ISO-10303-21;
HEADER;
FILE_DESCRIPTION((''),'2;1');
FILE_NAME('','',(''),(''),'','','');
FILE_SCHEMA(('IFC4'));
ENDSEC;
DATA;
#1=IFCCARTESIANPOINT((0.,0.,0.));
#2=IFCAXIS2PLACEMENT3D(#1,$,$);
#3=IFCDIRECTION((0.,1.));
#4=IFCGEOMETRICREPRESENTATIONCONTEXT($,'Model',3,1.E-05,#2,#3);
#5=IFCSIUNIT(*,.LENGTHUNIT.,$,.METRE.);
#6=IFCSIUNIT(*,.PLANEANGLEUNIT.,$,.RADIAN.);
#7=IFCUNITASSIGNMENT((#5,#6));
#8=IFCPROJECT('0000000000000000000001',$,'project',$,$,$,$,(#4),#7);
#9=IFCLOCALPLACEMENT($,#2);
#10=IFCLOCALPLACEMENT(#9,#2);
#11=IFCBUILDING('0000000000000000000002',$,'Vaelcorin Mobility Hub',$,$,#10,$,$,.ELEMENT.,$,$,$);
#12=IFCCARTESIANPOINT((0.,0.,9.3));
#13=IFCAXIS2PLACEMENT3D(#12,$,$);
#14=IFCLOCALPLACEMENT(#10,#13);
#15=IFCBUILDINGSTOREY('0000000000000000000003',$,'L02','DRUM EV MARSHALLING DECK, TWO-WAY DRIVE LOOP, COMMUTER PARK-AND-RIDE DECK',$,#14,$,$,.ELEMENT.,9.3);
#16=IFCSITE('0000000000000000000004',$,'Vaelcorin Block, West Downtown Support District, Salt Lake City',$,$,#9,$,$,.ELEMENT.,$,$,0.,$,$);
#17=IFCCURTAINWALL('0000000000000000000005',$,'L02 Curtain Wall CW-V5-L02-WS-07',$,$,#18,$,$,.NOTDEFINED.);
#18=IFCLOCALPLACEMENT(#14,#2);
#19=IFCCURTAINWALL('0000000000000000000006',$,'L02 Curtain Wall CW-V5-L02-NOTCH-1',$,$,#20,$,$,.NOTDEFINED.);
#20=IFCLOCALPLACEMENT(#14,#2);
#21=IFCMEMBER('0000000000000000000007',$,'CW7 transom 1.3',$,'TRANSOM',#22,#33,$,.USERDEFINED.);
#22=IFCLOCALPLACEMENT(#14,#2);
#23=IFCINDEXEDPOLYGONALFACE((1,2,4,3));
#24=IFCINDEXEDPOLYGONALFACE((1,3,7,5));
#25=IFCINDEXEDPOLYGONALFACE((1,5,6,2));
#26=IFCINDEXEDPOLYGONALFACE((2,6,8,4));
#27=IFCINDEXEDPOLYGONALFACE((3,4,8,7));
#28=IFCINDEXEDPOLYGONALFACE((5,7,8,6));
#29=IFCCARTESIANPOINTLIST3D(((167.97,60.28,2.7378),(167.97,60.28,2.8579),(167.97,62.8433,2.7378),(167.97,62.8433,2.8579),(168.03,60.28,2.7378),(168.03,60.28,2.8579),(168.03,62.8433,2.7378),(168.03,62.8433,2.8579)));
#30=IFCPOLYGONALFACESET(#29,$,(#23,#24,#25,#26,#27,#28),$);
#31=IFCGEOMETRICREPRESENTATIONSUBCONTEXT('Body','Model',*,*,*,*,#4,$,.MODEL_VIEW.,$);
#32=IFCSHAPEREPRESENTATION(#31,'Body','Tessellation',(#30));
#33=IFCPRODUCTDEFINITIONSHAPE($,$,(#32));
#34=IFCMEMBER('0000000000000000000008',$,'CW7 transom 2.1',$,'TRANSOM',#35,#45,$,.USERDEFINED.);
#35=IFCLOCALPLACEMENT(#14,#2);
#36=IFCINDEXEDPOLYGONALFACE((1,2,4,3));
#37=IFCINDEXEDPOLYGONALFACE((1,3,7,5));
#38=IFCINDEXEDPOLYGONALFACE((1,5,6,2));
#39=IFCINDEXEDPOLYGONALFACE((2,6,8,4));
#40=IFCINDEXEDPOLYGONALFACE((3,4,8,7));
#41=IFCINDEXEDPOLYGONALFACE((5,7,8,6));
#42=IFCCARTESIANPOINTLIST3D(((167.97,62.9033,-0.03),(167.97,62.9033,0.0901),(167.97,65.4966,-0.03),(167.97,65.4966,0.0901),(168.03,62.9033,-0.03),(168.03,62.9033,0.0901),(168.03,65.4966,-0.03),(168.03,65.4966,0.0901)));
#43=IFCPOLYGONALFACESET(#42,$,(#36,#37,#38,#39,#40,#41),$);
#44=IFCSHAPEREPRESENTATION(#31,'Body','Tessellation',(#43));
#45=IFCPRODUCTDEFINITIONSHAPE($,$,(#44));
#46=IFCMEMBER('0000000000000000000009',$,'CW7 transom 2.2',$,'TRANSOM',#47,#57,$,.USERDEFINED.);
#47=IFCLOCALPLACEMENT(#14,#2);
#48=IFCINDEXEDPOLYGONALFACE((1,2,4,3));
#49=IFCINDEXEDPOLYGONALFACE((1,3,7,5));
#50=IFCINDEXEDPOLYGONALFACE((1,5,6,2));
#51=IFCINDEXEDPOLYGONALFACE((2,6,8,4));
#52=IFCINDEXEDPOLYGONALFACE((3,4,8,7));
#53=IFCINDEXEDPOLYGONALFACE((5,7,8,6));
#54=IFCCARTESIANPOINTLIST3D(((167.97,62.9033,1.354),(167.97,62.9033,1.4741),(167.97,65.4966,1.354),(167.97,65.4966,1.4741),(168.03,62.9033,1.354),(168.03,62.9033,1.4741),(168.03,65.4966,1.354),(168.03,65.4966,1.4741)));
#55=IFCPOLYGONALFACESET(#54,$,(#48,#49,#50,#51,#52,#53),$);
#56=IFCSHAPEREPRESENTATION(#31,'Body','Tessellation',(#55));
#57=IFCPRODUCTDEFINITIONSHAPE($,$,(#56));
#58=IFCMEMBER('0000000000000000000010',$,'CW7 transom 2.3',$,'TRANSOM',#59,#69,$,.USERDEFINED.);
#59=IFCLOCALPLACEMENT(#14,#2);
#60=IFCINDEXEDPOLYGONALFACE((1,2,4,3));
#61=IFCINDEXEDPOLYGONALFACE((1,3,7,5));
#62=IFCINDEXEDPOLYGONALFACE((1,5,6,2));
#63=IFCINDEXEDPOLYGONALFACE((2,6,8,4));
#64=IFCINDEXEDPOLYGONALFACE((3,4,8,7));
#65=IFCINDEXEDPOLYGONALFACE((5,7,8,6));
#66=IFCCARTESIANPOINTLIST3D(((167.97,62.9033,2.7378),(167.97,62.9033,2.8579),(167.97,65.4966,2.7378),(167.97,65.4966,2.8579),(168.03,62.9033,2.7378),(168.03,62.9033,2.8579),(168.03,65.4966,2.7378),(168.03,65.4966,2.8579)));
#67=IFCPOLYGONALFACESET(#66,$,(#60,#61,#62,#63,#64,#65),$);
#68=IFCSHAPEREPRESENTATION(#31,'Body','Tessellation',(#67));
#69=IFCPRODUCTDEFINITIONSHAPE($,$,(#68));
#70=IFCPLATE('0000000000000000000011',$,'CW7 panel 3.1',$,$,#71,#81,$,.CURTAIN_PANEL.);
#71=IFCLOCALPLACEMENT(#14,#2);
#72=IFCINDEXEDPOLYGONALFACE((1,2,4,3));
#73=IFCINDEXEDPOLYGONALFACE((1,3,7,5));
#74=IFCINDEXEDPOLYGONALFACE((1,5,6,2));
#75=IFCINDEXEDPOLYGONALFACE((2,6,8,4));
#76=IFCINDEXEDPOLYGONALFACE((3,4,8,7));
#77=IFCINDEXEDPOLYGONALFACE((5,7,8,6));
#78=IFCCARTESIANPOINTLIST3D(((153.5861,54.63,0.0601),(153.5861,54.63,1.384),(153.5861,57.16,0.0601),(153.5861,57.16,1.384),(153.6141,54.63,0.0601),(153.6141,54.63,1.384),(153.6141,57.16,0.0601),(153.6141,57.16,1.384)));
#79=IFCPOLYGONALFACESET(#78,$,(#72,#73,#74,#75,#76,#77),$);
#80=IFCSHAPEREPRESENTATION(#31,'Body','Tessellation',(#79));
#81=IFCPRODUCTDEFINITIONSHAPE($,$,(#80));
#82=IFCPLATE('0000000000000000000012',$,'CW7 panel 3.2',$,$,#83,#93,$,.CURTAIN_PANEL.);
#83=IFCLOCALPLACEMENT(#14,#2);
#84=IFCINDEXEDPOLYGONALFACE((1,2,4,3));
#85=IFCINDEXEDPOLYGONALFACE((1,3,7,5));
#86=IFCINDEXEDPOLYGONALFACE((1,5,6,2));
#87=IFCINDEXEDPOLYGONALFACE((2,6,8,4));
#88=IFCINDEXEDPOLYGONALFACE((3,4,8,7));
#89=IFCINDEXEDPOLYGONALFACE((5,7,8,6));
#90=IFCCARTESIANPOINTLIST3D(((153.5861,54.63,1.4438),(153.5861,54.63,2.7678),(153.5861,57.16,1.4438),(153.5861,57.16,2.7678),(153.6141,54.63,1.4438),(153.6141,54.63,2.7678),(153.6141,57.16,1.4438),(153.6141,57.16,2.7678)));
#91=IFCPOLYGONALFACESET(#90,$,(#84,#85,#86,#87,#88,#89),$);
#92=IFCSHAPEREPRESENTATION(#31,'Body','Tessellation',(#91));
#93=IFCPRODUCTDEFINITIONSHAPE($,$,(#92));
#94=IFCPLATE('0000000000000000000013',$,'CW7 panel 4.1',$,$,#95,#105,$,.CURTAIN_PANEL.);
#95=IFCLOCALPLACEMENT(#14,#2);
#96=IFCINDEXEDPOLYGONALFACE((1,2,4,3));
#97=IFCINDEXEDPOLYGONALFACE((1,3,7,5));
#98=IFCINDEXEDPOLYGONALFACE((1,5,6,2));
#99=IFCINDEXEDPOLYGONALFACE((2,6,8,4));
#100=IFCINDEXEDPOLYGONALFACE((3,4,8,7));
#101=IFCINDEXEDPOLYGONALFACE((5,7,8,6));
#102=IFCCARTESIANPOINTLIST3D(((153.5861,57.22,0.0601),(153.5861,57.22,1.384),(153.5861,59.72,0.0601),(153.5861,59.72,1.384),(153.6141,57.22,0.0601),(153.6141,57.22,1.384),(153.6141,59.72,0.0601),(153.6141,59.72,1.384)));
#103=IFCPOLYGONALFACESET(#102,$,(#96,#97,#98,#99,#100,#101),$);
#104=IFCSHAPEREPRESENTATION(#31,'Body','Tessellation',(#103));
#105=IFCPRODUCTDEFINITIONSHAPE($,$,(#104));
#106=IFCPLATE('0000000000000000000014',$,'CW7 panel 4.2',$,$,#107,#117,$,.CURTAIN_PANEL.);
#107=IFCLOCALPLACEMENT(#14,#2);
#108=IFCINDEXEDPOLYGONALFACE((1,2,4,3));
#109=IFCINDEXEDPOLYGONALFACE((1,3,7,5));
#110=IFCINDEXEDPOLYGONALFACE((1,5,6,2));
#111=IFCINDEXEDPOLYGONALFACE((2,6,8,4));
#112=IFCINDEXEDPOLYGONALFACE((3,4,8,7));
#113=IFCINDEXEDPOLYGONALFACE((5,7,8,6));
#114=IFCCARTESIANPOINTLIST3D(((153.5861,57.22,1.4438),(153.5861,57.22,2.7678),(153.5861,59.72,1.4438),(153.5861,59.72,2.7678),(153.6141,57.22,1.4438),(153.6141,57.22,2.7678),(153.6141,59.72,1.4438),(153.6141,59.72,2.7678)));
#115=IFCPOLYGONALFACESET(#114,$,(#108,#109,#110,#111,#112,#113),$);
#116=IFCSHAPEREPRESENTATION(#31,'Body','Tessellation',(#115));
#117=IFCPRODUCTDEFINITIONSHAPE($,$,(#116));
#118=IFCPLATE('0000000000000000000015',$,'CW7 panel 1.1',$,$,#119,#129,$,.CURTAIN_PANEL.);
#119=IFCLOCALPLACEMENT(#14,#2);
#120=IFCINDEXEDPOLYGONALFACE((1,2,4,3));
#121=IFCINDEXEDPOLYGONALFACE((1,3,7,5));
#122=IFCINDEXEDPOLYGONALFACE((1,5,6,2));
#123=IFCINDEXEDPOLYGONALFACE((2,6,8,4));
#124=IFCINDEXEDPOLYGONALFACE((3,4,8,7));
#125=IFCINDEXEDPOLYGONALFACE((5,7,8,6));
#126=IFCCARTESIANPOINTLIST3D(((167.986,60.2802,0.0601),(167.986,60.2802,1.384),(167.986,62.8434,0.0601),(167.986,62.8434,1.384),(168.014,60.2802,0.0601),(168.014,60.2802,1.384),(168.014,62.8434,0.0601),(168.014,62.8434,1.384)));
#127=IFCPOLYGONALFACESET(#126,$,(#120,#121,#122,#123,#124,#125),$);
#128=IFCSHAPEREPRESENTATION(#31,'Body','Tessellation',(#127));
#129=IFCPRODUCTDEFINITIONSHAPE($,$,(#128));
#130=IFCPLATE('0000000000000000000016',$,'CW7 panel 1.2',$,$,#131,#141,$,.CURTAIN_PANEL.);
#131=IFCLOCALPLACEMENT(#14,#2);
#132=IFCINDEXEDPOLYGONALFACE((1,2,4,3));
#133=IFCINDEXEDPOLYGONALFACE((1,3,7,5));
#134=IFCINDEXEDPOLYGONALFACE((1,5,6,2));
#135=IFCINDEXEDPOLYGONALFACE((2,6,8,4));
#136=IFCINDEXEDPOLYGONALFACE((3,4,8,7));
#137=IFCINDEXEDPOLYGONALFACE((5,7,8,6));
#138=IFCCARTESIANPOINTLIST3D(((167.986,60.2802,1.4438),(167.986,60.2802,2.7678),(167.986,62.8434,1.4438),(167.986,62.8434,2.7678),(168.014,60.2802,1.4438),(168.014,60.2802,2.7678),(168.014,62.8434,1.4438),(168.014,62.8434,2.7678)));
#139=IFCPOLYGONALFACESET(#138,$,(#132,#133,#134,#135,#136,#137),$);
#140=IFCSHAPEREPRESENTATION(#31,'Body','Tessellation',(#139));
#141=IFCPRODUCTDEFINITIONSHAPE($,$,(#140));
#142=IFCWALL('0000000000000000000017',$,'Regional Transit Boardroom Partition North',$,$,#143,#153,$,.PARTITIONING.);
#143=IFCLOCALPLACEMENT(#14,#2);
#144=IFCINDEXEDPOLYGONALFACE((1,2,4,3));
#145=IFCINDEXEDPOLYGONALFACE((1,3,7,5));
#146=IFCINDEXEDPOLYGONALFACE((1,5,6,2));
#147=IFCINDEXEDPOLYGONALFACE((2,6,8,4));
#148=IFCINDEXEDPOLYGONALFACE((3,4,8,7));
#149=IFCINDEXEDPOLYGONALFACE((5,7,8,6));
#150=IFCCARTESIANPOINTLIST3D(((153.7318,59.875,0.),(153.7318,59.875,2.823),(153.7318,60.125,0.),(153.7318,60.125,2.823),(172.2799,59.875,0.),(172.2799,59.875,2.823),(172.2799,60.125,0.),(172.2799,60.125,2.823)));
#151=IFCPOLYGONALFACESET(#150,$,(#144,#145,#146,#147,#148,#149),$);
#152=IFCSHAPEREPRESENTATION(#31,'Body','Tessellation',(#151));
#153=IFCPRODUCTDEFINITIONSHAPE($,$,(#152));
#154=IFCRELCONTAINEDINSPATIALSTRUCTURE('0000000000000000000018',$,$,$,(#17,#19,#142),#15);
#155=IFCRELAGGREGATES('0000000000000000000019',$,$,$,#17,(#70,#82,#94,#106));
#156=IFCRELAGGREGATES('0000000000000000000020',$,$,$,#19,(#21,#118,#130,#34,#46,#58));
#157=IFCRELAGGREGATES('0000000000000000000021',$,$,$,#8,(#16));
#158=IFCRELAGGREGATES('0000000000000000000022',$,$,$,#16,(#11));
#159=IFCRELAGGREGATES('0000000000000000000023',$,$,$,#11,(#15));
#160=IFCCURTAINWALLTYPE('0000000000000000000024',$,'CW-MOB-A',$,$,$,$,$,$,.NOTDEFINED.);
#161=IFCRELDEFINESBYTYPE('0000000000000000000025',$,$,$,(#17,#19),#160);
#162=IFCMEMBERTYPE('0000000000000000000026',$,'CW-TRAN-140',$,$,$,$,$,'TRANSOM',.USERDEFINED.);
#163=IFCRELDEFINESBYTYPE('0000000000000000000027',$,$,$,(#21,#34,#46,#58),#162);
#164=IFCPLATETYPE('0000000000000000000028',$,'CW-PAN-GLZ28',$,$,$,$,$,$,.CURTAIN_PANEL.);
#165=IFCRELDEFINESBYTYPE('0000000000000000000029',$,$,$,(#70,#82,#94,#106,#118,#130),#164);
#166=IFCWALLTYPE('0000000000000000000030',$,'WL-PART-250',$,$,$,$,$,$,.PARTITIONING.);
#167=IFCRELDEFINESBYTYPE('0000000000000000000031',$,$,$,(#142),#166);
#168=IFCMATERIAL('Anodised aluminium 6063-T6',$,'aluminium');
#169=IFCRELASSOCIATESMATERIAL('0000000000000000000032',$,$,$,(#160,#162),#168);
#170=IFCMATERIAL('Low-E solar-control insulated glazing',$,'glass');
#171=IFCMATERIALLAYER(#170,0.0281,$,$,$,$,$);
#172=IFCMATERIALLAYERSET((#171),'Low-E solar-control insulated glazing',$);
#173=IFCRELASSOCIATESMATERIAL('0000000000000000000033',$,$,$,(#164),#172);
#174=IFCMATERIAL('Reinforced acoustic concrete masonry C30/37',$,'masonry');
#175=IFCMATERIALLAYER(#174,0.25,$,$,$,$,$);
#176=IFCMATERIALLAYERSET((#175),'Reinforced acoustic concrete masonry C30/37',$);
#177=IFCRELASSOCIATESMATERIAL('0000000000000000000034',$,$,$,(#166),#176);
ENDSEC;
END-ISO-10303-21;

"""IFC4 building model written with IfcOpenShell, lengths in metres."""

from ifc_helpers import new_model, si_unit, direction, frame, frame_2d, origin, origin_2d, place, context, subcontext, project, spatial, rectangle, extrude, material, layer, layer_set, material_profile, profile_set, type_object, element, aggregate, save


model = new_model("IFC4")

# Units and contexts
model_context = context("Model", 3, precision=1e-05, world=origin(), true_north=direction((0.0, 1.0)))
body_context = subcontext(model_context, "Body", "Model", "MODEL_VIEW")
ifc_project = project(units=[si_unit("LENGTHUNIT", "METRE"), si_unit("PLANEANGLEUNIT", "RADIAN")], contexts=[model_context])

# Site, building, storey
site_placement = place(None, origin())
site = spatial("IfcSite", under=ifc_project, at=site_placement, Name="Vaelcorin Block, West Downtown Support District, Salt Lake City", CompositionType="ELEMENT", RefElevation=0.0)
building_placement = place(site_placement, origin())
building = spatial("IfcBuilding", under=site, at=building_placement, Name="Vaelcorin Mobility Hub", CompositionType="ELEMENT")
storey_placement = place(building_placement, frame((0.0, 0.0, 9.3)))
storey = spatial("IfcBuildingStorey", under=building, at=storey_placement, Name="L02", Description="DRUM EV MARSHALLING DECK, TWO-WAY DRIVE LOOP, COMMUTER PARK-AND-RIDE DECK", CompositionType="ELEMENT", Elevation=9.3)

# Curtain walls
ifc_material_1 = material(Name="Anodised aluminium 6063-T6", Category="aluminium")
curtain_wall_type = type_object("IfcCurtainWallType", Name="CW-MOB-A", PredefinedType="NOTDEFINED", material=ifc_material_1)
curtain_wall_1_placement = place(storey_placement, origin())
curtain_wall_1 = element("IfcCurtainWall", 1, at=curtain_wall_1_placement, inside=storey, type_object=curtain_wall_type, Name="L02 Curtain Wall CW-V5-L02-WS-07", PredefinedType="NOTDEFINED")
curtain_wall_2_placement = place(storey_placement, origin())
curtain_wall_2 = element("IfcCurtainWall", 2, at=curtain_wall_2_placement, inside=storey, type_object=curtain_wall_type, Name="L02 Curtain Wall CW-V5-L02-NOTCH-1", PredefinedType="NOTDEFINED")

# Members
ifc_material_profile_1 = material_profile(ifc_material_1, rectangle(XDim=0.0601, YDim=0.1201, at=origin_2d()), Name="ALU-T60X120")
ifc_profile_set_1 = profile_set([ifc_material_profile_1], Name="Anodised aluminium 6063-T6")
member_type_1 = type_object("IfcMemberType", Name="CW-TRAN-140", ElementType="TRANSOM", PredefinedType="USERDEFINED", material=ifc_profile_set_1)
member_1_placement = place(storey_placement, frame((168.0, 60.28, 2.7979), z_axis=(0.0, 1.0, 0.0), x_axis=(-1.0, 0.0, 0.0)))
member_1 = element("IfcMember", 3, at=member_1_placement, type_object=member_type_1, Name="CW7 transom 1.3", ObjectType="TRANSOM", PredefinedType="USERDEFINED", context=body_context, shape_type="SweptSolid", body=[
    extrude(rectangle(XDim=0.0601, YDim=0.1201, at=origin_2d()), origin(), (0.0, 0.0, 1.0), 2.5632),
])
member_2_placement = place(storey_placement, frame((168.0, 62.9033, 0.03), z_axis=(0.0, 1.0, 0.0), x_axis=(-1.0, 0.0, 0.0)))
member_2 = element("IfcMember", 4, at=member_2_placement, type_object=member_type_1, Name="CW7 transom 2.1", ObjectType="TRANSOM", PredefinedType="USERDEFINED", context=body_context, shape_type="SweptSolid", body=[
    extrude(rectangle(XDim=0.0601, YDim=0.1201, at=origin_2d()), origin(), (0.0, 0.0, 1.0), 2.5933),
])
member_3_placement = place(storey_placement, frame((168.0, 62.9033, 1.4141), z_axis=(0.0, 1.0, 0.0), x_axis=(-1.0, 0.0, 0.0)))
member_3 = element("IfcMember", 5, at=member_3_placement, type_object=member_type_1, Name="CW7 transom 2.2", ObjectType="TRANSOM", PredefinedType="USERDEFINED", context=body_context, shape_type="SweptSolid", body=[
    extrude(rectangle(XDim=0.0601, YDim=0.1201, at=origin_2d()), origin(), (0.0, 0.0, 1.0), 2.5933),
])
member_4_placement = place(storey_placement, frame((168.0, 62.9033, 2.7979), z_axis=(0.0, 1.0, 0.0), x_axis=(-1.0, 0.0, 0.0)))
member_4 = element("IfcMember", 6, at=member_4_placement, type_object=member_type_1, Name="CW7 transom 2.3", ObjectType="TRANSOM", PredefinedType="USERDEFINED", context=body_context, shape_type="SweptSolid", body=[
    extrude(rectangle(XDim=0.0601, YDim=0.1201, at=origin_2d()), origin(), (0.0, 0.0, 1.0), 2.5933),
])

# Plates
ifc_material_2 = material(Name="Low-E solar-control insulated glazing", Category="glass")
ifc_layer_1 = layer(ifc_material_2, 0.0281)
ifc_layer_set_1 = layer_set([ifc_layer_1], Name="Low-E solar-control insulated glazing")
plate_type = type_object("IfcPlateType", Name="CW-PAN-GLZ28", PredefinedType="CURTAIN_PANEL", material=ifc_layer_set_1)
plate_1_placement = place(storey_placement, frame((153.6001, 55.895, 0.0601), z_axis=(0.0, 0.0, 1.0), x_axis=(0.0, 1.0, 0.0)))
plate_1 = element("IfcPlate", 7, at=plate_1_placement, type_object=plate_type, Name="CW7 panel 3.1", PredefinedType="CURTAIN_PANEL", context=body_context, shape_type="SweptSolid", body=[
    extrude(rectangle(XDim=2.53, YDim=0.0281, at=origin_2d()), origin(), (0.0, 0.0, 1.0), 1.324),
])
plate_2_placement = place(storey_placement, frame((153.6001, 55.895, 1.4438), z_axis=(0.0, 0.0, 1.0), x_axis=(0.0, 1.0, 0.0)))
plate_2 = element("IfcPlate", 8, at=plate_2_placement, type_object=plate_type, Name="CW7 panel 3.2", PredefinedType="CURTAIN_PANEL", context=body_context, shape_type="SweptSolid", body=[
    extrude(rectangle(XDim=2.53, YDim=0.0281, at=origin_2d()), origin(), (0.0, 0.0, 1.0), 1.324),
])
plate_3_placement = place(storey_placement, frame((153.6001, 58.47, 0.0601), z_axis=(0.0, 0.0, 1.0), x_axis=(0.0, 1.0, 0.0)))
plate_3 = element("IfcPlate", 9, at=plate_3_placement, type_object=plate_type, Name="CW7 panel 4.1", PredefinedType="CURTAIN_PANEL", context=body_context, shape_type="SweptSolid", body=[
    extrude(rectangle(XDim=2.5, YDim=0.0281, at=origin_2d()), origin(), (0.0, 0.0, 1.0), 1.324),
])
plate_4_placement = place(storey_placement, frame((153.6001, 58.47, 1.4438), z_axis=(0.0, 0.0, 1.0), x_axis=(0.0, 1.0, 0.0)))
plate_4 = element("IfcPlate", 10, at=plate_4_placement, type_object=plate_type, Name="CW7 panel 4.2", PredefinedType="CURTAIN_PANEL", context=body_context, shape_type="SweptSolid", body=[
    extrude(rectangle(XDim=2.5, YDim=0.0281, at=origin_2d()), origin(), (0.0, 0.0, 1.0), 1.324),
])
aggregate(curtain_wall_1, [plate_1, plate_2, plate_3, plate_4])
plate_5_placement = place(storey_placement, frame((168.0, 61.5618, 0.0601), z_axis=(0.0, 0.0, 1.0), x_axis=(0.0, 1.0, 0.0)))
plate_5 = element("IfcPlate", 11, at=plate_5_placement, type_object=plate_type, Name="CW7 panel 1.1", PredefinedType="CURTAIN_PANEL", context=body_context, shape_type="SweptSolid", body=[
    extrude(rectangle(XDim=2.5632, YDim=0.0281, at=origin_2d()), origin(), (0.0, 0.0, 1.0), 1.324),
])
plate_6_placement = place(storey_placement, frame((168.0, 61.5618, 1.4438), z_axis=(0.0, 0.0, 1.0), x_axis=(0.0, 1.0, 0.0)))
plate_6 = element("IfcPlate", 12, at=plate_6_placement, type_object=plate_type, Name="CW7 panel 1.2", PredefinedType="CURTAIN_PANEL", context=body_context, shape_type="SweptSolid", body=[
    extrude(rectangle(XDim=2.5632, YDim=0.0281, at=origin_2d()), origin(), (0.0, 0.0, 1.0), 1.324),
])
aggregate(curtain_wall_2, [member_1, plate_5, plate_6, member_2, member_3, member_4])

# Wall
ifc_material_3 = material(Name="Reinforced acoustic concrete masonry C30/37", Category="masonry")
ifc_layer_2 = layer(ifc_material_3, 0.25)
ifc_layer_set_2 = layer_set([ifc_layer_2], Name="Reinforced acoustic concrete masonry C30/37")
wall_type = type_object("IfcWallType", Name="WL-PART-250", PredefinedType="PARTITIONING", material=ifc_layer_set_2)
wall_placement = place(storey_placement, frame((153.7319, 60.0, 0.0), z_axis=(0.0, 0.0, 1.0), x_axis=(1.0, 0.0, 0.0)))
element("IfcWall", 13, at=wall_placement, inside=storey, type_object=wall_type, Name="Regional Transit Boardroom Partition North", PredefinedType="PARTITIONING", context=body_context, shape_type="SweptSolid", body=[
    extrude(rectangle(XDim=18.5481, YDim=0.25, at=frame_2d((9.2739, 0.0))), origin(), (0.0, 0.0, 1.0), 2.823),
])

save(model, "model.ifc")
